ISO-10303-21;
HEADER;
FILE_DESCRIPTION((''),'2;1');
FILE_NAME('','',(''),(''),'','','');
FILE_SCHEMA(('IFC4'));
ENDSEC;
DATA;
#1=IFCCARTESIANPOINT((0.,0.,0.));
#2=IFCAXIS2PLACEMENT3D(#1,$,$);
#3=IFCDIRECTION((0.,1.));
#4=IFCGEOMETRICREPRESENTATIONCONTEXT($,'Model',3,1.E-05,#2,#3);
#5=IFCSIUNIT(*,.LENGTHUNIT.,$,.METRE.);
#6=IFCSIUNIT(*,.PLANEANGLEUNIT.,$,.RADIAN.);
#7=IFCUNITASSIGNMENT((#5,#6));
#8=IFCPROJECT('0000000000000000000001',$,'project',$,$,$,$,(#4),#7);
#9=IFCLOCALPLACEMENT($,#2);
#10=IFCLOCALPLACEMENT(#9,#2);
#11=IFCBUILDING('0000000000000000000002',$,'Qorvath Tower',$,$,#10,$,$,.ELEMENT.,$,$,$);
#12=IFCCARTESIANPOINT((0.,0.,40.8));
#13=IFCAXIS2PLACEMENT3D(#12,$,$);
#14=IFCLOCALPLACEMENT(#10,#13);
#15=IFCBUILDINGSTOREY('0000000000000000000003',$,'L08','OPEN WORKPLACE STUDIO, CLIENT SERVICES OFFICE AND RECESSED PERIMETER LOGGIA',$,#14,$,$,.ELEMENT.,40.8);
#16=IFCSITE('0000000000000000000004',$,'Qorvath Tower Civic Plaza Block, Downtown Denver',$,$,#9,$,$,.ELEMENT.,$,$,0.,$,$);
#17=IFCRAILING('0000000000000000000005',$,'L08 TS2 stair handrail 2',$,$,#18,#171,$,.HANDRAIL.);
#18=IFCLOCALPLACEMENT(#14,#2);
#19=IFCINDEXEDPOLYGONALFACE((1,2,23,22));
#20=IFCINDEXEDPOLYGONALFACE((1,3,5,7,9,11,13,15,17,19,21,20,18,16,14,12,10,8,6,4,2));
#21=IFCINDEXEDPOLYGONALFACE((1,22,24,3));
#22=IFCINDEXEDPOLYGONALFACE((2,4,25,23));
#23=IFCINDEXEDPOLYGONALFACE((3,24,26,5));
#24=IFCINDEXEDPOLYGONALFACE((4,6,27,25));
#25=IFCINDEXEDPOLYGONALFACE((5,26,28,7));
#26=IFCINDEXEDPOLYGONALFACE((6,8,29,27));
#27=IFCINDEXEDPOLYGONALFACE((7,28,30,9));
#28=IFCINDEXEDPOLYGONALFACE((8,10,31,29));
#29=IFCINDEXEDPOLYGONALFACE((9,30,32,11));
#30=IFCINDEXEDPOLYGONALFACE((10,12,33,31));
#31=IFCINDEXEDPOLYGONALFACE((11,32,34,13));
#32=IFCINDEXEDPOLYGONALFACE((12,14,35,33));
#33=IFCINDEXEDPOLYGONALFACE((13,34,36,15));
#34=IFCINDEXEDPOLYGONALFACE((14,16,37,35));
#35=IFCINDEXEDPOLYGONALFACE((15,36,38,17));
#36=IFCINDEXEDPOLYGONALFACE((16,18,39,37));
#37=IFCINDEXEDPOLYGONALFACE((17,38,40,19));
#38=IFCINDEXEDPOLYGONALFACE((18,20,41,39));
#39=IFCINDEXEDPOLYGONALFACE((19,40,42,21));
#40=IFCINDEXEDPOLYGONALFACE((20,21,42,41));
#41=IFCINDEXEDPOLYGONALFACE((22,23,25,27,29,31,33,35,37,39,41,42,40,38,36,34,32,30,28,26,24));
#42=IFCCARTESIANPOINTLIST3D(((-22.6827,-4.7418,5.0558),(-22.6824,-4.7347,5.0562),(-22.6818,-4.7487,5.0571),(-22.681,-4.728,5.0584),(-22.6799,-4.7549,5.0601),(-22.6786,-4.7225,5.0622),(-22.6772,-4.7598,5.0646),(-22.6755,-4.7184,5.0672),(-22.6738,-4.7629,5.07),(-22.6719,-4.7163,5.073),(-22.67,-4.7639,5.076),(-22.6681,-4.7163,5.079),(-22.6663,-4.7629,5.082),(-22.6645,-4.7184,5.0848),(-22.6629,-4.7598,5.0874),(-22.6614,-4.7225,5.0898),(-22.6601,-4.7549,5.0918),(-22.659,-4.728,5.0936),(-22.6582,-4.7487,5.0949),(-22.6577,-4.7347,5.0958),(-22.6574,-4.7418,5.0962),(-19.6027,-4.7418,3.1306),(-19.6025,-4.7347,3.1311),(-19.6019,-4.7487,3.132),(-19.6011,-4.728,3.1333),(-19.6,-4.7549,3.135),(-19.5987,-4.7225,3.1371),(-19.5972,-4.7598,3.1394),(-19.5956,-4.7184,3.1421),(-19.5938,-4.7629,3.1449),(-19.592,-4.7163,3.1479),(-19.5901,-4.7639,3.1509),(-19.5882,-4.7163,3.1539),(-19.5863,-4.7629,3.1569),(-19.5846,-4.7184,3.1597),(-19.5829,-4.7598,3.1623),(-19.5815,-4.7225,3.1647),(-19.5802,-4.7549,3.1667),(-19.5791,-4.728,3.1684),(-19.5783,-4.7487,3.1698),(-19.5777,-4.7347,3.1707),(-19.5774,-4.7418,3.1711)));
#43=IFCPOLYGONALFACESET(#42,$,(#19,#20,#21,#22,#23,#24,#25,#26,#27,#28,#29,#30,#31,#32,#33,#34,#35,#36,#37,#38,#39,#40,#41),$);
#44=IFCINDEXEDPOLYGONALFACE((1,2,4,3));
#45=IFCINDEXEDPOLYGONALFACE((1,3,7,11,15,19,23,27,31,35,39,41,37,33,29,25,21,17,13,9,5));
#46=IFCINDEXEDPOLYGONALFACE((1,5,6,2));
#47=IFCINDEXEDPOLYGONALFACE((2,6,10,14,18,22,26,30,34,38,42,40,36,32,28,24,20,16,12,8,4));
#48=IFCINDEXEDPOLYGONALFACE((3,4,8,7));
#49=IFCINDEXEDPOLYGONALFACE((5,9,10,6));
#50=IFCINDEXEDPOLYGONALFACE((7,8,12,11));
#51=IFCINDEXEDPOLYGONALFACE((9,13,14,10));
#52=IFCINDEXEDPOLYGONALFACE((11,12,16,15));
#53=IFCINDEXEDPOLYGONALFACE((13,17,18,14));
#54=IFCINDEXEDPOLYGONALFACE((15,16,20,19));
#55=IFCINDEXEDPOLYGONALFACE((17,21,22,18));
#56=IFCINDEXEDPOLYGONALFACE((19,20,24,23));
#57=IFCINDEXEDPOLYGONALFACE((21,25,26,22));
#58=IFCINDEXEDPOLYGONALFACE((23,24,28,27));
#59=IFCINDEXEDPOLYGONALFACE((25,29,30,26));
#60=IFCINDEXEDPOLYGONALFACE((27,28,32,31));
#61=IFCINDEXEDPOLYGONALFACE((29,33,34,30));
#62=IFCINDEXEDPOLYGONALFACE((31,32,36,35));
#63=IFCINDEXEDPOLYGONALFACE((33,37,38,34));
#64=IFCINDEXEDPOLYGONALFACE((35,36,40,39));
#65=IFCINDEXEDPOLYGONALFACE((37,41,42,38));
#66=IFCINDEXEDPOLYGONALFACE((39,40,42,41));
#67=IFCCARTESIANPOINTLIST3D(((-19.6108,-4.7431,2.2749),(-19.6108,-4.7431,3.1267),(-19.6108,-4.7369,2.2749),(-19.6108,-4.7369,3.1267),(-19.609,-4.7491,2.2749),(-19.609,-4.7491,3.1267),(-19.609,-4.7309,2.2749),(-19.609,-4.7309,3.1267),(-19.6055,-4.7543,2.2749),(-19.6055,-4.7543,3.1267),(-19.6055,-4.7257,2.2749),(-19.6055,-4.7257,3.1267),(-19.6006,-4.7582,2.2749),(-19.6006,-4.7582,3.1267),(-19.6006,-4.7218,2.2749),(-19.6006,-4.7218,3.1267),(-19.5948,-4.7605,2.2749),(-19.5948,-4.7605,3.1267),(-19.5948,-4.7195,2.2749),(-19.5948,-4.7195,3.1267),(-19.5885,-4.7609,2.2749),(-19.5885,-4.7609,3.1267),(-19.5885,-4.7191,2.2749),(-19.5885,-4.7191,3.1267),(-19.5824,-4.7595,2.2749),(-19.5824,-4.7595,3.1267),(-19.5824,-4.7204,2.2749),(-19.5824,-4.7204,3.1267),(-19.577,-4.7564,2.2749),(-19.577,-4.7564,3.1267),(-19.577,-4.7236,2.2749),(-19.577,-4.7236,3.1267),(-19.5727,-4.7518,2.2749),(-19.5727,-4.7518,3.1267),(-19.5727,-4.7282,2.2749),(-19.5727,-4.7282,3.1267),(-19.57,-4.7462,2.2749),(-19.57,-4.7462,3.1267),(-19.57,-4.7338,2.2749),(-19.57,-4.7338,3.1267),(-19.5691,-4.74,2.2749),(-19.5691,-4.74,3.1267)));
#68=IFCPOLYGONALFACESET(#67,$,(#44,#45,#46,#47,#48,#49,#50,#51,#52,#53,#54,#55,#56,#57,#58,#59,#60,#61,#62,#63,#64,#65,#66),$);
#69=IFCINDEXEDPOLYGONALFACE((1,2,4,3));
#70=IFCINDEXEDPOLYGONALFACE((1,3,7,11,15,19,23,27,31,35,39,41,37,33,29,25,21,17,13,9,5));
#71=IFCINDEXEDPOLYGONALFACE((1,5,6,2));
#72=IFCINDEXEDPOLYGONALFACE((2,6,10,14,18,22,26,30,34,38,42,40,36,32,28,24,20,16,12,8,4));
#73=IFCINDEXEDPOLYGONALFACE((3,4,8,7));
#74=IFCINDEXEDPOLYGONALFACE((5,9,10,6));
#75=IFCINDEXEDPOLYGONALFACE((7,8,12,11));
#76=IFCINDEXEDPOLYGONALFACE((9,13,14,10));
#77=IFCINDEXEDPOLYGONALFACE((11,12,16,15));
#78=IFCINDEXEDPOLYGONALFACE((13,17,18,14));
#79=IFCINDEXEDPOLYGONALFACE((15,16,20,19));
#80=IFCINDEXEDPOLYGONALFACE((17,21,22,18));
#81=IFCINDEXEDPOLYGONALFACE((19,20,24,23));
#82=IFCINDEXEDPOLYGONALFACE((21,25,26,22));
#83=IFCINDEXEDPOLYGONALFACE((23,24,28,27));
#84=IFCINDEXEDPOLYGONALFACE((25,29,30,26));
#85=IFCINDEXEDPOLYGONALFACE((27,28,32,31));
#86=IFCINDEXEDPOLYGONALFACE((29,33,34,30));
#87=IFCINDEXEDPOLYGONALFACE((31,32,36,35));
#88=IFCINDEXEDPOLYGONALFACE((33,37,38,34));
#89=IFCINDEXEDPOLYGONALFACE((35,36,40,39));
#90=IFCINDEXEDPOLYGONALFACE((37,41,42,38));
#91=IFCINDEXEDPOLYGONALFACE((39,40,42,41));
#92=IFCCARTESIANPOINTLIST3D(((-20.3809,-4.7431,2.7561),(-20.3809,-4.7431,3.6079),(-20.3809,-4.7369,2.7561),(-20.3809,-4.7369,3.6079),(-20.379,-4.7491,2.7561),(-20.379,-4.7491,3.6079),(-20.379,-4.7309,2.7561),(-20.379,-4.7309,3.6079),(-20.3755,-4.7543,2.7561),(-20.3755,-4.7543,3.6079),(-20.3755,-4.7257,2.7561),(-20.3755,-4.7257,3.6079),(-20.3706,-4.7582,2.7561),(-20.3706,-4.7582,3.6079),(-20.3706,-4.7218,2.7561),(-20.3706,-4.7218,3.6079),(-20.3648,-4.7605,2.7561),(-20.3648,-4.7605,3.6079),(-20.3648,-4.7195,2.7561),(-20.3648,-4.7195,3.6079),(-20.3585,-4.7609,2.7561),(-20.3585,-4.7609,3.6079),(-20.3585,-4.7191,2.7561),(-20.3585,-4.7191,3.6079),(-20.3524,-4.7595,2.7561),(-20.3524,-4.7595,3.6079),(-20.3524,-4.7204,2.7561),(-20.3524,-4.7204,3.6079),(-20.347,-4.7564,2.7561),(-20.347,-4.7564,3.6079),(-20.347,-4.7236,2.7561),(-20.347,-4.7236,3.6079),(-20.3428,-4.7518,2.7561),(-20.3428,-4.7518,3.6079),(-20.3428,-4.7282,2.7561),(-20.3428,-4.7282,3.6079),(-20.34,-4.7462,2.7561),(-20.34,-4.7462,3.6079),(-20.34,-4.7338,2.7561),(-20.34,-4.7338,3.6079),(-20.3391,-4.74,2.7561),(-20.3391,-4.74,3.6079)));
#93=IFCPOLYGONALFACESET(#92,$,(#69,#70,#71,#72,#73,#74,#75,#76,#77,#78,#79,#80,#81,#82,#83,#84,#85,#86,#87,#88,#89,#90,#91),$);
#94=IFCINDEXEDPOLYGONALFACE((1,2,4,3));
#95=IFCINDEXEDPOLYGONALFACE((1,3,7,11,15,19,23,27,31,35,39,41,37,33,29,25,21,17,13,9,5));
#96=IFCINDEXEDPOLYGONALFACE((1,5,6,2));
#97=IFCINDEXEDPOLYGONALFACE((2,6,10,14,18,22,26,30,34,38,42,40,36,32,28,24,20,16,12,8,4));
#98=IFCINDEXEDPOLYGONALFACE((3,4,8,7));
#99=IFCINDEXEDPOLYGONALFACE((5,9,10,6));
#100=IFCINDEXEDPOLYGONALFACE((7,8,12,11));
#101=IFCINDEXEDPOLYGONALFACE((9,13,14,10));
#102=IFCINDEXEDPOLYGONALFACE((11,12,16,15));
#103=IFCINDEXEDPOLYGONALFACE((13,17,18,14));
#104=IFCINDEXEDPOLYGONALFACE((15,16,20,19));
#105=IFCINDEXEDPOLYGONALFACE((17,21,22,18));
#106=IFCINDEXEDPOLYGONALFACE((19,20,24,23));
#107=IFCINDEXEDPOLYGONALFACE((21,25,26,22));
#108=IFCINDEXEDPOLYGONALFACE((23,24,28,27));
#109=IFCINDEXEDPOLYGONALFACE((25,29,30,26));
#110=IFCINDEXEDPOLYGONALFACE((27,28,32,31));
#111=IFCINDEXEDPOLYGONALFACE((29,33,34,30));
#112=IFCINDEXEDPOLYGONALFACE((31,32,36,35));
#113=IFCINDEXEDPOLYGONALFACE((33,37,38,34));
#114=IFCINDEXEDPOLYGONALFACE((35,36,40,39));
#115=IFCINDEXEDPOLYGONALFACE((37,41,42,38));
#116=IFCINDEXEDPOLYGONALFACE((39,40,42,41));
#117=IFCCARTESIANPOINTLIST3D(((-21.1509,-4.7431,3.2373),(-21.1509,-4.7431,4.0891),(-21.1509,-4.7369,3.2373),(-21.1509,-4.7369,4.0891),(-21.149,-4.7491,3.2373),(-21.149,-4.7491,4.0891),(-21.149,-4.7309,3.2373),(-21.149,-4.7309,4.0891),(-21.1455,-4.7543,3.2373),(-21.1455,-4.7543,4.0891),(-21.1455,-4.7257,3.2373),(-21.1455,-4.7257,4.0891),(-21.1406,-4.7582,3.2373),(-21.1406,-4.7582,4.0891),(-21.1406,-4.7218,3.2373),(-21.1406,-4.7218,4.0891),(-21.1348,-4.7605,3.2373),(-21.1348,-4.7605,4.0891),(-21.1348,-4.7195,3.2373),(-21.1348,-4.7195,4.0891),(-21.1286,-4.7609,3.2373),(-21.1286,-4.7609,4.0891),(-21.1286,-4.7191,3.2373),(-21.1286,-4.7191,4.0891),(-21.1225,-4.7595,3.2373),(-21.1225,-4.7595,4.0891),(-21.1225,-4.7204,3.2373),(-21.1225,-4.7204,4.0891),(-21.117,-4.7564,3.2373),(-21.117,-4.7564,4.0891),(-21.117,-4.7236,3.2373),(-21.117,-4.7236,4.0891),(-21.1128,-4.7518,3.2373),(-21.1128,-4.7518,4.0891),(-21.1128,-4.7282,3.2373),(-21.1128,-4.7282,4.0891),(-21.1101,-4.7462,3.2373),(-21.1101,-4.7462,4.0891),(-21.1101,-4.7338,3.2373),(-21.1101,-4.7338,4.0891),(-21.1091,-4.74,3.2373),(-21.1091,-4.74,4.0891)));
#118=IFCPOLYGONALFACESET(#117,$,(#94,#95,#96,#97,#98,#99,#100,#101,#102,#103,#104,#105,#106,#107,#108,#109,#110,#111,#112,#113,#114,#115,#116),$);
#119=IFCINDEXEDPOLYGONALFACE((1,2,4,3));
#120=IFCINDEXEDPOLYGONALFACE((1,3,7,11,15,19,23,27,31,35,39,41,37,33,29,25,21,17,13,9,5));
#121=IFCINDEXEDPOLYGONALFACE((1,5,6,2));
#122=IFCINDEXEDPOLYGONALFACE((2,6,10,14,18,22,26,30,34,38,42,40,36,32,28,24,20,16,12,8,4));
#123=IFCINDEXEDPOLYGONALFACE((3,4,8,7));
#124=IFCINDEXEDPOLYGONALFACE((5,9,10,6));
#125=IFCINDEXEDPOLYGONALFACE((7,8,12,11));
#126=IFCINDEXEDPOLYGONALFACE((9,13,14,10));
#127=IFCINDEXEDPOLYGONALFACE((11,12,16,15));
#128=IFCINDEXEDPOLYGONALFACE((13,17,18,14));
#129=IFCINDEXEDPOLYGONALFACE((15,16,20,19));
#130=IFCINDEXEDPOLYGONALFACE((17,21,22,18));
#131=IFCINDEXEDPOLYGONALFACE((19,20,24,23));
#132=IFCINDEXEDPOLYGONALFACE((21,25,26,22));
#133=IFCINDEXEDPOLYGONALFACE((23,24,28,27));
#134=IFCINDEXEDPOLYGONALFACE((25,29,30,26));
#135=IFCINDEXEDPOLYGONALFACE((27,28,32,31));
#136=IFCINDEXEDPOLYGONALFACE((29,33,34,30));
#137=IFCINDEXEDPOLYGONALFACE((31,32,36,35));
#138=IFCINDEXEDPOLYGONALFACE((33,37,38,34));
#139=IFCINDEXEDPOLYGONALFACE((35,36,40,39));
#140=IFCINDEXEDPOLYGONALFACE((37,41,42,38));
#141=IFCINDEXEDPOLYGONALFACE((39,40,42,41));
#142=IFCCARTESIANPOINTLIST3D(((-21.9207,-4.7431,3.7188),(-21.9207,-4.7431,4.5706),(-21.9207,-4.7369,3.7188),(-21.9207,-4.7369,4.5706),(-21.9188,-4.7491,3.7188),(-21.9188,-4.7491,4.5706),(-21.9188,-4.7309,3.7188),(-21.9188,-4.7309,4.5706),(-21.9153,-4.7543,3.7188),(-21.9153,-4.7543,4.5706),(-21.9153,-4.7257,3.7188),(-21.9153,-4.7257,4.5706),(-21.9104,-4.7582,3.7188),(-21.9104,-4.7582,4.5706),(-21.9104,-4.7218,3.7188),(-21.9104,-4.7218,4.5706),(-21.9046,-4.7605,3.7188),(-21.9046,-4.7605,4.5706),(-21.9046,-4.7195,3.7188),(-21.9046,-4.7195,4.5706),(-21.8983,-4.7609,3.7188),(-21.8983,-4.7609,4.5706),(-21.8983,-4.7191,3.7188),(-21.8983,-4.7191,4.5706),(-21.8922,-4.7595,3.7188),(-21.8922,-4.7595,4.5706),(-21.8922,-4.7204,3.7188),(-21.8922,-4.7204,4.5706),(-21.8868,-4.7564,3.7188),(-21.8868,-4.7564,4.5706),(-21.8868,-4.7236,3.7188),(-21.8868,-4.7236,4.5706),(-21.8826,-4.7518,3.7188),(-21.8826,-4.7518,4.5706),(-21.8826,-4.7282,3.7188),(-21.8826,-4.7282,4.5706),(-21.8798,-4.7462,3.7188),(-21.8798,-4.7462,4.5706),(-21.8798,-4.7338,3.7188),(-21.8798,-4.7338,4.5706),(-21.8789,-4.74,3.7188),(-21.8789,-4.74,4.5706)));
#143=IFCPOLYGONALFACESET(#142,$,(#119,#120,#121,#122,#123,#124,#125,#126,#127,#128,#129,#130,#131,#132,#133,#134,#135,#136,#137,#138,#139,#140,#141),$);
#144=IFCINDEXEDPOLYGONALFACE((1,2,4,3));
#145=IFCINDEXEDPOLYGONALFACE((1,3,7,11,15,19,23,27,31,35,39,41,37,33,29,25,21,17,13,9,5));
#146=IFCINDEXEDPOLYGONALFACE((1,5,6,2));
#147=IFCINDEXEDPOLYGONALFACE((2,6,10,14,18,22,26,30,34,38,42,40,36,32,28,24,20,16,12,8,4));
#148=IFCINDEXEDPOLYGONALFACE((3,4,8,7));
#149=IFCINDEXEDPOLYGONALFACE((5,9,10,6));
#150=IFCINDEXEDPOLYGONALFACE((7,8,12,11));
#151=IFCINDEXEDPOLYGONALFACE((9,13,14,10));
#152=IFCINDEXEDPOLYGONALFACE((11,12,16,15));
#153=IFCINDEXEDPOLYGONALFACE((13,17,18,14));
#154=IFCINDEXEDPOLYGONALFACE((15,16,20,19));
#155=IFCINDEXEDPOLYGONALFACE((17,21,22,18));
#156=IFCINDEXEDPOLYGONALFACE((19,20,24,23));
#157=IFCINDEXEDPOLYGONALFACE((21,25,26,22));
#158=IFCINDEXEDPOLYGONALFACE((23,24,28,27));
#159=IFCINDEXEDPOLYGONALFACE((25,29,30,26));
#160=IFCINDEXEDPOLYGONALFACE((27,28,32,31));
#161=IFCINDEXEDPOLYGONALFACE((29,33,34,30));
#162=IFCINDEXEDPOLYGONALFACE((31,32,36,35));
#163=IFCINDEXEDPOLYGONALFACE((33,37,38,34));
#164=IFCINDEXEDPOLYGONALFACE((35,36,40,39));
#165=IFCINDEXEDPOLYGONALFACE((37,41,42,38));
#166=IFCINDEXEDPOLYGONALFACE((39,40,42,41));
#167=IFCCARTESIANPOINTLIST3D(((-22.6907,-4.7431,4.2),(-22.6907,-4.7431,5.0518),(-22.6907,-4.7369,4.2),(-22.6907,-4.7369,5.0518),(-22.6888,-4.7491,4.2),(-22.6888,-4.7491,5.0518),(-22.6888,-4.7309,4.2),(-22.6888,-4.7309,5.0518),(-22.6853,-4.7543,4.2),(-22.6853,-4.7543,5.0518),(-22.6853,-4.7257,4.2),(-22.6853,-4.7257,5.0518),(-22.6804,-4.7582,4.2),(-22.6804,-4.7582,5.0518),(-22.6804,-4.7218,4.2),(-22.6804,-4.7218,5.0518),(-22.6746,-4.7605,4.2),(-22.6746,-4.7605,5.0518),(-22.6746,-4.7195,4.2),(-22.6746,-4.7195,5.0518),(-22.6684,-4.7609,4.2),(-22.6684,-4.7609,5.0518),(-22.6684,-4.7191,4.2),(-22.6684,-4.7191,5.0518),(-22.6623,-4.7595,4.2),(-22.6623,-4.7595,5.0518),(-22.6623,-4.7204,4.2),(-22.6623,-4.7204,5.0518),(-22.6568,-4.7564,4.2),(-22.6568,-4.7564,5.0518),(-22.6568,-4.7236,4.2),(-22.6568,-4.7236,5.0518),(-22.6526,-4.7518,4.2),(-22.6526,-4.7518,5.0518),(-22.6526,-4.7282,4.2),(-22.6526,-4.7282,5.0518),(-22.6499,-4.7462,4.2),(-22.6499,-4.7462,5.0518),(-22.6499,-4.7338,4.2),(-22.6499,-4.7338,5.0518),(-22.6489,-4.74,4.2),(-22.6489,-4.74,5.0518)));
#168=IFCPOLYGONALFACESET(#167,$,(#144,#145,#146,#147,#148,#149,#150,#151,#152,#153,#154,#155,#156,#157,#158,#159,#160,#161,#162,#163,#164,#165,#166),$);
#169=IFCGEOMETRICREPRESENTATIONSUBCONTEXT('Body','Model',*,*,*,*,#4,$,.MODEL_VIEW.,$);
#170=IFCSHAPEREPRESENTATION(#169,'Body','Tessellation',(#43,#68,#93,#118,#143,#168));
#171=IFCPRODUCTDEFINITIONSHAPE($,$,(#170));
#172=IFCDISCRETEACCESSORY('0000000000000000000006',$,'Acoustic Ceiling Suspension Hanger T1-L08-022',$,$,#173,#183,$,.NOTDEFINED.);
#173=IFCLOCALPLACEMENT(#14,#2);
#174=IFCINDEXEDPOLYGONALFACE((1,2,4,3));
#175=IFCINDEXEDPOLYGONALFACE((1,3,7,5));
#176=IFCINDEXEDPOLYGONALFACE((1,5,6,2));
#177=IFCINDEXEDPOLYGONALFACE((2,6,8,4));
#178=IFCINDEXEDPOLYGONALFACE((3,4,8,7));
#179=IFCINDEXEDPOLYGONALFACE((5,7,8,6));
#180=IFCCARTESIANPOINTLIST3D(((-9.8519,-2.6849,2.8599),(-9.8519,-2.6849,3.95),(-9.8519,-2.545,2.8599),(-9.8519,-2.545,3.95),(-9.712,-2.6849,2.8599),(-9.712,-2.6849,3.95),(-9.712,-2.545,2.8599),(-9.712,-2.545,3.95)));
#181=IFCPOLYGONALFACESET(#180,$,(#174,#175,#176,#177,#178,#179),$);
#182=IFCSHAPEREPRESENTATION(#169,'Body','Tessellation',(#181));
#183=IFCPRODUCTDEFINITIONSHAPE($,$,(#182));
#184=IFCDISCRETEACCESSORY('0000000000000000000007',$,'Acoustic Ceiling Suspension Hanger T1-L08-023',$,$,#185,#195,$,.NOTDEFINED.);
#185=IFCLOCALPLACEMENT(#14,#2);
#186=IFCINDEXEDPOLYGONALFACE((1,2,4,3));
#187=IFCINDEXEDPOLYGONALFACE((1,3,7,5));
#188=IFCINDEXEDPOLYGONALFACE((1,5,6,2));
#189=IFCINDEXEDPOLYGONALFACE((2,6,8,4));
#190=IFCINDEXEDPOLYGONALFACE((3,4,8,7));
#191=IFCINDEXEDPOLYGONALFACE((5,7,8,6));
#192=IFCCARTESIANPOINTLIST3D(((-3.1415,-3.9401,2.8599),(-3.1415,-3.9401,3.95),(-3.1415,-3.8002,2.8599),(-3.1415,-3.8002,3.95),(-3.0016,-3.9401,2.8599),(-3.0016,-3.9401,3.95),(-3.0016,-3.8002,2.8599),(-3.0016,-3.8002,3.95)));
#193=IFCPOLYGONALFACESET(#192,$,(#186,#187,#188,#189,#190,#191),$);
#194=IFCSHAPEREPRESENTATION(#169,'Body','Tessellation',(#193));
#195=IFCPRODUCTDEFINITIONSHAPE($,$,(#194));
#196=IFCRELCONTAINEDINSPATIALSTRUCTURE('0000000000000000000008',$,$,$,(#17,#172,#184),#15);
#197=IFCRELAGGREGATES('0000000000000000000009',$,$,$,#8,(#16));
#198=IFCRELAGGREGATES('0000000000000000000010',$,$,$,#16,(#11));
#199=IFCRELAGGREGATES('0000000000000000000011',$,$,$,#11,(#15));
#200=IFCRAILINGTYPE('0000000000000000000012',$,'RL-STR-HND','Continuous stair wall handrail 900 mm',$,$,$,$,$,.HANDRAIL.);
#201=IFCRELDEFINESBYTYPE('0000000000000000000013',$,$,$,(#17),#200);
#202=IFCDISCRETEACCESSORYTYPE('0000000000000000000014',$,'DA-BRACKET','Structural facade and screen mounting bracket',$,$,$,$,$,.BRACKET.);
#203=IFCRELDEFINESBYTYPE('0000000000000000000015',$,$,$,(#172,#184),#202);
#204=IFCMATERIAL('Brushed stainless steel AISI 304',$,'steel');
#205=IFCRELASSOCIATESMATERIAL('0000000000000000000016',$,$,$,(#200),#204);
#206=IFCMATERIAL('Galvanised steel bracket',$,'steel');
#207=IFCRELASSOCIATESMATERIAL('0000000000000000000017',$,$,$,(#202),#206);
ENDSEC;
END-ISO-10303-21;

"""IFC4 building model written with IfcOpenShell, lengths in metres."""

from ifc_helpers import new_model, si_unit, direction, frame, origin, origin_2d, place, context, subcontext, project, spatial, rectangle, circle, extrude, material, type_object, element, save


model = new_model("IFC4")

# Units and contexts
model_context = context("Model", 3, precision=1e-05, world=origin(), true_north=direction((0.0, 1.0)))
body_context = subcontext(model_context, "Body", "Model", "MODEL_VIEW")
ifc_project = project(units=[si_unit("LENGTHUNIT", "METRE"), si_unit("PLANEANGLEUNIT", "RADIAN")], contexts=[model_context])

# Site, building, storey
site_placement = place(None, origin())
site = spatial("IfcSite", under=ifc_project, at=site_placement, Name="Qorvath Tower Civic Plaza Block, Downtown Denver", CompositionType="ELEMENT", RefElevation=0.0)
building_placement = place(site_placement, origin())
building = spatial("IfcBuilding", under=site, at=building_placement, Name="Qorvath Tower", CompositionType="ELEMENT")
storey_placement = place(building_placement, frame((0.0, 0.0, 40.8)))
storey = spatial("IfcBuildingStorey", under=building, at=storey_placement, Name="L08", Description="OPEN WORKPLACE STUDIO, CLIENT SERVICES OFFICE AND RECESSED PERIMETER LOGGIA", CompositionType="ELEMENT", Elevation=40.8)

# Railing
ifc_material_1 = material(Name="Brushed stainless steel AISI 304", Category="steel")
railing_type_1 = type_object("IfcRailingType", Name="RL-STR-HND", Description="Continuous stair wall handrail 900 mm", PredefinedType="HANDRAIL", material=ifc_material_1)
railing_1_placement = place(storey_placement, frame((-19.5901, -4.74, 2.2749)))
element("IfcRailing", 1, at=railing_1_placement, inside=storey, type_object=railing_type_1, Name="L08 TS2 stair handrail 2", PredefinedType="HANDRAIL", context=body_context, shape_type="SweptSolid", body=[
    extrude(circle(Radius=0.0239, at=origin_2d()), frame((0.0, 0.0, 0.876), z_axis=(-0.847979, 0.0, 0.530029), x_axis=(0.0, -1.0, 0.0)), (0.0, 0.0, 1.0), 3.6321),
    extrude(circle(Radius=0.021, at=origin_2d()), origin(), (0.0, 0.0, 1.0), 0.8518),
    extrude(circle(Radius=0.021, at=origin_2d()), frame((-0.77, 0.0, 0.4812)), (0.0, 0.0, 1.0), 0.8518),
    extrude(circle(Radius=0.021, at=origin_2d()), frame((-1.54, 0.0, 0.9624)), (0.0, 0.0, 1.0), 0.8518),
    extrude(circle(Radius=0.021, at=origin_2d()), frame((-2.3098, 0.0, 1.4438)), (0.0, 0.0, 1.0), 0.8518),
    extrude(circle(Radius=0.021, at=origin_2d()), frame((-3.0798, 0.0, 1.925)), (0.0, 0.0, 1.0), 0.8518),
])

# Discrete accessories
ifc_material_2 = material(Name="Galvanised steel bracket", Category="steel")
discrete_accessory_type = type_object("IfcDiscreteAccessoryType", Name="DA-BRACKET", Description="Structural facade and screen mounting bracket", PredefinedType="BRACKET", material=ifc_material_2)
for number, where, z_axis, x_axis, name in (
    (2, (-9.782, -2.615, 2.8599), (0.0, 0.0, 1.0), (1.0, 0.0, 0.0), "Acoustic Ceiling Suspension Hanger T1-L08-022"),
    (3, (-3.0715, -3.8701, 2.8599), (0.0, 0.0, 1.0), (1.0, 0.0, 0.0), "Acoustic Ceiling Suspension Hanger T1-L08-023"),
):
    element("IfcDiscreteAccessory", number, at=place(storey_placement, frame(where, z_axis=z_axis, x_axis=x_axis)), inside=storey, type_object=discrete_accessory_type, Name=name, PredefinedType="NOTDEFINED", context=body_context, shape_type="SweptSolid", body=[
        extrude(rectangle(XDim=0.1399, YDim=0.1399, at=origin_2d()), origin(), (0.0, 0.0, 1.0), 1.0901),
    ])

save(model, "model.ifc")
